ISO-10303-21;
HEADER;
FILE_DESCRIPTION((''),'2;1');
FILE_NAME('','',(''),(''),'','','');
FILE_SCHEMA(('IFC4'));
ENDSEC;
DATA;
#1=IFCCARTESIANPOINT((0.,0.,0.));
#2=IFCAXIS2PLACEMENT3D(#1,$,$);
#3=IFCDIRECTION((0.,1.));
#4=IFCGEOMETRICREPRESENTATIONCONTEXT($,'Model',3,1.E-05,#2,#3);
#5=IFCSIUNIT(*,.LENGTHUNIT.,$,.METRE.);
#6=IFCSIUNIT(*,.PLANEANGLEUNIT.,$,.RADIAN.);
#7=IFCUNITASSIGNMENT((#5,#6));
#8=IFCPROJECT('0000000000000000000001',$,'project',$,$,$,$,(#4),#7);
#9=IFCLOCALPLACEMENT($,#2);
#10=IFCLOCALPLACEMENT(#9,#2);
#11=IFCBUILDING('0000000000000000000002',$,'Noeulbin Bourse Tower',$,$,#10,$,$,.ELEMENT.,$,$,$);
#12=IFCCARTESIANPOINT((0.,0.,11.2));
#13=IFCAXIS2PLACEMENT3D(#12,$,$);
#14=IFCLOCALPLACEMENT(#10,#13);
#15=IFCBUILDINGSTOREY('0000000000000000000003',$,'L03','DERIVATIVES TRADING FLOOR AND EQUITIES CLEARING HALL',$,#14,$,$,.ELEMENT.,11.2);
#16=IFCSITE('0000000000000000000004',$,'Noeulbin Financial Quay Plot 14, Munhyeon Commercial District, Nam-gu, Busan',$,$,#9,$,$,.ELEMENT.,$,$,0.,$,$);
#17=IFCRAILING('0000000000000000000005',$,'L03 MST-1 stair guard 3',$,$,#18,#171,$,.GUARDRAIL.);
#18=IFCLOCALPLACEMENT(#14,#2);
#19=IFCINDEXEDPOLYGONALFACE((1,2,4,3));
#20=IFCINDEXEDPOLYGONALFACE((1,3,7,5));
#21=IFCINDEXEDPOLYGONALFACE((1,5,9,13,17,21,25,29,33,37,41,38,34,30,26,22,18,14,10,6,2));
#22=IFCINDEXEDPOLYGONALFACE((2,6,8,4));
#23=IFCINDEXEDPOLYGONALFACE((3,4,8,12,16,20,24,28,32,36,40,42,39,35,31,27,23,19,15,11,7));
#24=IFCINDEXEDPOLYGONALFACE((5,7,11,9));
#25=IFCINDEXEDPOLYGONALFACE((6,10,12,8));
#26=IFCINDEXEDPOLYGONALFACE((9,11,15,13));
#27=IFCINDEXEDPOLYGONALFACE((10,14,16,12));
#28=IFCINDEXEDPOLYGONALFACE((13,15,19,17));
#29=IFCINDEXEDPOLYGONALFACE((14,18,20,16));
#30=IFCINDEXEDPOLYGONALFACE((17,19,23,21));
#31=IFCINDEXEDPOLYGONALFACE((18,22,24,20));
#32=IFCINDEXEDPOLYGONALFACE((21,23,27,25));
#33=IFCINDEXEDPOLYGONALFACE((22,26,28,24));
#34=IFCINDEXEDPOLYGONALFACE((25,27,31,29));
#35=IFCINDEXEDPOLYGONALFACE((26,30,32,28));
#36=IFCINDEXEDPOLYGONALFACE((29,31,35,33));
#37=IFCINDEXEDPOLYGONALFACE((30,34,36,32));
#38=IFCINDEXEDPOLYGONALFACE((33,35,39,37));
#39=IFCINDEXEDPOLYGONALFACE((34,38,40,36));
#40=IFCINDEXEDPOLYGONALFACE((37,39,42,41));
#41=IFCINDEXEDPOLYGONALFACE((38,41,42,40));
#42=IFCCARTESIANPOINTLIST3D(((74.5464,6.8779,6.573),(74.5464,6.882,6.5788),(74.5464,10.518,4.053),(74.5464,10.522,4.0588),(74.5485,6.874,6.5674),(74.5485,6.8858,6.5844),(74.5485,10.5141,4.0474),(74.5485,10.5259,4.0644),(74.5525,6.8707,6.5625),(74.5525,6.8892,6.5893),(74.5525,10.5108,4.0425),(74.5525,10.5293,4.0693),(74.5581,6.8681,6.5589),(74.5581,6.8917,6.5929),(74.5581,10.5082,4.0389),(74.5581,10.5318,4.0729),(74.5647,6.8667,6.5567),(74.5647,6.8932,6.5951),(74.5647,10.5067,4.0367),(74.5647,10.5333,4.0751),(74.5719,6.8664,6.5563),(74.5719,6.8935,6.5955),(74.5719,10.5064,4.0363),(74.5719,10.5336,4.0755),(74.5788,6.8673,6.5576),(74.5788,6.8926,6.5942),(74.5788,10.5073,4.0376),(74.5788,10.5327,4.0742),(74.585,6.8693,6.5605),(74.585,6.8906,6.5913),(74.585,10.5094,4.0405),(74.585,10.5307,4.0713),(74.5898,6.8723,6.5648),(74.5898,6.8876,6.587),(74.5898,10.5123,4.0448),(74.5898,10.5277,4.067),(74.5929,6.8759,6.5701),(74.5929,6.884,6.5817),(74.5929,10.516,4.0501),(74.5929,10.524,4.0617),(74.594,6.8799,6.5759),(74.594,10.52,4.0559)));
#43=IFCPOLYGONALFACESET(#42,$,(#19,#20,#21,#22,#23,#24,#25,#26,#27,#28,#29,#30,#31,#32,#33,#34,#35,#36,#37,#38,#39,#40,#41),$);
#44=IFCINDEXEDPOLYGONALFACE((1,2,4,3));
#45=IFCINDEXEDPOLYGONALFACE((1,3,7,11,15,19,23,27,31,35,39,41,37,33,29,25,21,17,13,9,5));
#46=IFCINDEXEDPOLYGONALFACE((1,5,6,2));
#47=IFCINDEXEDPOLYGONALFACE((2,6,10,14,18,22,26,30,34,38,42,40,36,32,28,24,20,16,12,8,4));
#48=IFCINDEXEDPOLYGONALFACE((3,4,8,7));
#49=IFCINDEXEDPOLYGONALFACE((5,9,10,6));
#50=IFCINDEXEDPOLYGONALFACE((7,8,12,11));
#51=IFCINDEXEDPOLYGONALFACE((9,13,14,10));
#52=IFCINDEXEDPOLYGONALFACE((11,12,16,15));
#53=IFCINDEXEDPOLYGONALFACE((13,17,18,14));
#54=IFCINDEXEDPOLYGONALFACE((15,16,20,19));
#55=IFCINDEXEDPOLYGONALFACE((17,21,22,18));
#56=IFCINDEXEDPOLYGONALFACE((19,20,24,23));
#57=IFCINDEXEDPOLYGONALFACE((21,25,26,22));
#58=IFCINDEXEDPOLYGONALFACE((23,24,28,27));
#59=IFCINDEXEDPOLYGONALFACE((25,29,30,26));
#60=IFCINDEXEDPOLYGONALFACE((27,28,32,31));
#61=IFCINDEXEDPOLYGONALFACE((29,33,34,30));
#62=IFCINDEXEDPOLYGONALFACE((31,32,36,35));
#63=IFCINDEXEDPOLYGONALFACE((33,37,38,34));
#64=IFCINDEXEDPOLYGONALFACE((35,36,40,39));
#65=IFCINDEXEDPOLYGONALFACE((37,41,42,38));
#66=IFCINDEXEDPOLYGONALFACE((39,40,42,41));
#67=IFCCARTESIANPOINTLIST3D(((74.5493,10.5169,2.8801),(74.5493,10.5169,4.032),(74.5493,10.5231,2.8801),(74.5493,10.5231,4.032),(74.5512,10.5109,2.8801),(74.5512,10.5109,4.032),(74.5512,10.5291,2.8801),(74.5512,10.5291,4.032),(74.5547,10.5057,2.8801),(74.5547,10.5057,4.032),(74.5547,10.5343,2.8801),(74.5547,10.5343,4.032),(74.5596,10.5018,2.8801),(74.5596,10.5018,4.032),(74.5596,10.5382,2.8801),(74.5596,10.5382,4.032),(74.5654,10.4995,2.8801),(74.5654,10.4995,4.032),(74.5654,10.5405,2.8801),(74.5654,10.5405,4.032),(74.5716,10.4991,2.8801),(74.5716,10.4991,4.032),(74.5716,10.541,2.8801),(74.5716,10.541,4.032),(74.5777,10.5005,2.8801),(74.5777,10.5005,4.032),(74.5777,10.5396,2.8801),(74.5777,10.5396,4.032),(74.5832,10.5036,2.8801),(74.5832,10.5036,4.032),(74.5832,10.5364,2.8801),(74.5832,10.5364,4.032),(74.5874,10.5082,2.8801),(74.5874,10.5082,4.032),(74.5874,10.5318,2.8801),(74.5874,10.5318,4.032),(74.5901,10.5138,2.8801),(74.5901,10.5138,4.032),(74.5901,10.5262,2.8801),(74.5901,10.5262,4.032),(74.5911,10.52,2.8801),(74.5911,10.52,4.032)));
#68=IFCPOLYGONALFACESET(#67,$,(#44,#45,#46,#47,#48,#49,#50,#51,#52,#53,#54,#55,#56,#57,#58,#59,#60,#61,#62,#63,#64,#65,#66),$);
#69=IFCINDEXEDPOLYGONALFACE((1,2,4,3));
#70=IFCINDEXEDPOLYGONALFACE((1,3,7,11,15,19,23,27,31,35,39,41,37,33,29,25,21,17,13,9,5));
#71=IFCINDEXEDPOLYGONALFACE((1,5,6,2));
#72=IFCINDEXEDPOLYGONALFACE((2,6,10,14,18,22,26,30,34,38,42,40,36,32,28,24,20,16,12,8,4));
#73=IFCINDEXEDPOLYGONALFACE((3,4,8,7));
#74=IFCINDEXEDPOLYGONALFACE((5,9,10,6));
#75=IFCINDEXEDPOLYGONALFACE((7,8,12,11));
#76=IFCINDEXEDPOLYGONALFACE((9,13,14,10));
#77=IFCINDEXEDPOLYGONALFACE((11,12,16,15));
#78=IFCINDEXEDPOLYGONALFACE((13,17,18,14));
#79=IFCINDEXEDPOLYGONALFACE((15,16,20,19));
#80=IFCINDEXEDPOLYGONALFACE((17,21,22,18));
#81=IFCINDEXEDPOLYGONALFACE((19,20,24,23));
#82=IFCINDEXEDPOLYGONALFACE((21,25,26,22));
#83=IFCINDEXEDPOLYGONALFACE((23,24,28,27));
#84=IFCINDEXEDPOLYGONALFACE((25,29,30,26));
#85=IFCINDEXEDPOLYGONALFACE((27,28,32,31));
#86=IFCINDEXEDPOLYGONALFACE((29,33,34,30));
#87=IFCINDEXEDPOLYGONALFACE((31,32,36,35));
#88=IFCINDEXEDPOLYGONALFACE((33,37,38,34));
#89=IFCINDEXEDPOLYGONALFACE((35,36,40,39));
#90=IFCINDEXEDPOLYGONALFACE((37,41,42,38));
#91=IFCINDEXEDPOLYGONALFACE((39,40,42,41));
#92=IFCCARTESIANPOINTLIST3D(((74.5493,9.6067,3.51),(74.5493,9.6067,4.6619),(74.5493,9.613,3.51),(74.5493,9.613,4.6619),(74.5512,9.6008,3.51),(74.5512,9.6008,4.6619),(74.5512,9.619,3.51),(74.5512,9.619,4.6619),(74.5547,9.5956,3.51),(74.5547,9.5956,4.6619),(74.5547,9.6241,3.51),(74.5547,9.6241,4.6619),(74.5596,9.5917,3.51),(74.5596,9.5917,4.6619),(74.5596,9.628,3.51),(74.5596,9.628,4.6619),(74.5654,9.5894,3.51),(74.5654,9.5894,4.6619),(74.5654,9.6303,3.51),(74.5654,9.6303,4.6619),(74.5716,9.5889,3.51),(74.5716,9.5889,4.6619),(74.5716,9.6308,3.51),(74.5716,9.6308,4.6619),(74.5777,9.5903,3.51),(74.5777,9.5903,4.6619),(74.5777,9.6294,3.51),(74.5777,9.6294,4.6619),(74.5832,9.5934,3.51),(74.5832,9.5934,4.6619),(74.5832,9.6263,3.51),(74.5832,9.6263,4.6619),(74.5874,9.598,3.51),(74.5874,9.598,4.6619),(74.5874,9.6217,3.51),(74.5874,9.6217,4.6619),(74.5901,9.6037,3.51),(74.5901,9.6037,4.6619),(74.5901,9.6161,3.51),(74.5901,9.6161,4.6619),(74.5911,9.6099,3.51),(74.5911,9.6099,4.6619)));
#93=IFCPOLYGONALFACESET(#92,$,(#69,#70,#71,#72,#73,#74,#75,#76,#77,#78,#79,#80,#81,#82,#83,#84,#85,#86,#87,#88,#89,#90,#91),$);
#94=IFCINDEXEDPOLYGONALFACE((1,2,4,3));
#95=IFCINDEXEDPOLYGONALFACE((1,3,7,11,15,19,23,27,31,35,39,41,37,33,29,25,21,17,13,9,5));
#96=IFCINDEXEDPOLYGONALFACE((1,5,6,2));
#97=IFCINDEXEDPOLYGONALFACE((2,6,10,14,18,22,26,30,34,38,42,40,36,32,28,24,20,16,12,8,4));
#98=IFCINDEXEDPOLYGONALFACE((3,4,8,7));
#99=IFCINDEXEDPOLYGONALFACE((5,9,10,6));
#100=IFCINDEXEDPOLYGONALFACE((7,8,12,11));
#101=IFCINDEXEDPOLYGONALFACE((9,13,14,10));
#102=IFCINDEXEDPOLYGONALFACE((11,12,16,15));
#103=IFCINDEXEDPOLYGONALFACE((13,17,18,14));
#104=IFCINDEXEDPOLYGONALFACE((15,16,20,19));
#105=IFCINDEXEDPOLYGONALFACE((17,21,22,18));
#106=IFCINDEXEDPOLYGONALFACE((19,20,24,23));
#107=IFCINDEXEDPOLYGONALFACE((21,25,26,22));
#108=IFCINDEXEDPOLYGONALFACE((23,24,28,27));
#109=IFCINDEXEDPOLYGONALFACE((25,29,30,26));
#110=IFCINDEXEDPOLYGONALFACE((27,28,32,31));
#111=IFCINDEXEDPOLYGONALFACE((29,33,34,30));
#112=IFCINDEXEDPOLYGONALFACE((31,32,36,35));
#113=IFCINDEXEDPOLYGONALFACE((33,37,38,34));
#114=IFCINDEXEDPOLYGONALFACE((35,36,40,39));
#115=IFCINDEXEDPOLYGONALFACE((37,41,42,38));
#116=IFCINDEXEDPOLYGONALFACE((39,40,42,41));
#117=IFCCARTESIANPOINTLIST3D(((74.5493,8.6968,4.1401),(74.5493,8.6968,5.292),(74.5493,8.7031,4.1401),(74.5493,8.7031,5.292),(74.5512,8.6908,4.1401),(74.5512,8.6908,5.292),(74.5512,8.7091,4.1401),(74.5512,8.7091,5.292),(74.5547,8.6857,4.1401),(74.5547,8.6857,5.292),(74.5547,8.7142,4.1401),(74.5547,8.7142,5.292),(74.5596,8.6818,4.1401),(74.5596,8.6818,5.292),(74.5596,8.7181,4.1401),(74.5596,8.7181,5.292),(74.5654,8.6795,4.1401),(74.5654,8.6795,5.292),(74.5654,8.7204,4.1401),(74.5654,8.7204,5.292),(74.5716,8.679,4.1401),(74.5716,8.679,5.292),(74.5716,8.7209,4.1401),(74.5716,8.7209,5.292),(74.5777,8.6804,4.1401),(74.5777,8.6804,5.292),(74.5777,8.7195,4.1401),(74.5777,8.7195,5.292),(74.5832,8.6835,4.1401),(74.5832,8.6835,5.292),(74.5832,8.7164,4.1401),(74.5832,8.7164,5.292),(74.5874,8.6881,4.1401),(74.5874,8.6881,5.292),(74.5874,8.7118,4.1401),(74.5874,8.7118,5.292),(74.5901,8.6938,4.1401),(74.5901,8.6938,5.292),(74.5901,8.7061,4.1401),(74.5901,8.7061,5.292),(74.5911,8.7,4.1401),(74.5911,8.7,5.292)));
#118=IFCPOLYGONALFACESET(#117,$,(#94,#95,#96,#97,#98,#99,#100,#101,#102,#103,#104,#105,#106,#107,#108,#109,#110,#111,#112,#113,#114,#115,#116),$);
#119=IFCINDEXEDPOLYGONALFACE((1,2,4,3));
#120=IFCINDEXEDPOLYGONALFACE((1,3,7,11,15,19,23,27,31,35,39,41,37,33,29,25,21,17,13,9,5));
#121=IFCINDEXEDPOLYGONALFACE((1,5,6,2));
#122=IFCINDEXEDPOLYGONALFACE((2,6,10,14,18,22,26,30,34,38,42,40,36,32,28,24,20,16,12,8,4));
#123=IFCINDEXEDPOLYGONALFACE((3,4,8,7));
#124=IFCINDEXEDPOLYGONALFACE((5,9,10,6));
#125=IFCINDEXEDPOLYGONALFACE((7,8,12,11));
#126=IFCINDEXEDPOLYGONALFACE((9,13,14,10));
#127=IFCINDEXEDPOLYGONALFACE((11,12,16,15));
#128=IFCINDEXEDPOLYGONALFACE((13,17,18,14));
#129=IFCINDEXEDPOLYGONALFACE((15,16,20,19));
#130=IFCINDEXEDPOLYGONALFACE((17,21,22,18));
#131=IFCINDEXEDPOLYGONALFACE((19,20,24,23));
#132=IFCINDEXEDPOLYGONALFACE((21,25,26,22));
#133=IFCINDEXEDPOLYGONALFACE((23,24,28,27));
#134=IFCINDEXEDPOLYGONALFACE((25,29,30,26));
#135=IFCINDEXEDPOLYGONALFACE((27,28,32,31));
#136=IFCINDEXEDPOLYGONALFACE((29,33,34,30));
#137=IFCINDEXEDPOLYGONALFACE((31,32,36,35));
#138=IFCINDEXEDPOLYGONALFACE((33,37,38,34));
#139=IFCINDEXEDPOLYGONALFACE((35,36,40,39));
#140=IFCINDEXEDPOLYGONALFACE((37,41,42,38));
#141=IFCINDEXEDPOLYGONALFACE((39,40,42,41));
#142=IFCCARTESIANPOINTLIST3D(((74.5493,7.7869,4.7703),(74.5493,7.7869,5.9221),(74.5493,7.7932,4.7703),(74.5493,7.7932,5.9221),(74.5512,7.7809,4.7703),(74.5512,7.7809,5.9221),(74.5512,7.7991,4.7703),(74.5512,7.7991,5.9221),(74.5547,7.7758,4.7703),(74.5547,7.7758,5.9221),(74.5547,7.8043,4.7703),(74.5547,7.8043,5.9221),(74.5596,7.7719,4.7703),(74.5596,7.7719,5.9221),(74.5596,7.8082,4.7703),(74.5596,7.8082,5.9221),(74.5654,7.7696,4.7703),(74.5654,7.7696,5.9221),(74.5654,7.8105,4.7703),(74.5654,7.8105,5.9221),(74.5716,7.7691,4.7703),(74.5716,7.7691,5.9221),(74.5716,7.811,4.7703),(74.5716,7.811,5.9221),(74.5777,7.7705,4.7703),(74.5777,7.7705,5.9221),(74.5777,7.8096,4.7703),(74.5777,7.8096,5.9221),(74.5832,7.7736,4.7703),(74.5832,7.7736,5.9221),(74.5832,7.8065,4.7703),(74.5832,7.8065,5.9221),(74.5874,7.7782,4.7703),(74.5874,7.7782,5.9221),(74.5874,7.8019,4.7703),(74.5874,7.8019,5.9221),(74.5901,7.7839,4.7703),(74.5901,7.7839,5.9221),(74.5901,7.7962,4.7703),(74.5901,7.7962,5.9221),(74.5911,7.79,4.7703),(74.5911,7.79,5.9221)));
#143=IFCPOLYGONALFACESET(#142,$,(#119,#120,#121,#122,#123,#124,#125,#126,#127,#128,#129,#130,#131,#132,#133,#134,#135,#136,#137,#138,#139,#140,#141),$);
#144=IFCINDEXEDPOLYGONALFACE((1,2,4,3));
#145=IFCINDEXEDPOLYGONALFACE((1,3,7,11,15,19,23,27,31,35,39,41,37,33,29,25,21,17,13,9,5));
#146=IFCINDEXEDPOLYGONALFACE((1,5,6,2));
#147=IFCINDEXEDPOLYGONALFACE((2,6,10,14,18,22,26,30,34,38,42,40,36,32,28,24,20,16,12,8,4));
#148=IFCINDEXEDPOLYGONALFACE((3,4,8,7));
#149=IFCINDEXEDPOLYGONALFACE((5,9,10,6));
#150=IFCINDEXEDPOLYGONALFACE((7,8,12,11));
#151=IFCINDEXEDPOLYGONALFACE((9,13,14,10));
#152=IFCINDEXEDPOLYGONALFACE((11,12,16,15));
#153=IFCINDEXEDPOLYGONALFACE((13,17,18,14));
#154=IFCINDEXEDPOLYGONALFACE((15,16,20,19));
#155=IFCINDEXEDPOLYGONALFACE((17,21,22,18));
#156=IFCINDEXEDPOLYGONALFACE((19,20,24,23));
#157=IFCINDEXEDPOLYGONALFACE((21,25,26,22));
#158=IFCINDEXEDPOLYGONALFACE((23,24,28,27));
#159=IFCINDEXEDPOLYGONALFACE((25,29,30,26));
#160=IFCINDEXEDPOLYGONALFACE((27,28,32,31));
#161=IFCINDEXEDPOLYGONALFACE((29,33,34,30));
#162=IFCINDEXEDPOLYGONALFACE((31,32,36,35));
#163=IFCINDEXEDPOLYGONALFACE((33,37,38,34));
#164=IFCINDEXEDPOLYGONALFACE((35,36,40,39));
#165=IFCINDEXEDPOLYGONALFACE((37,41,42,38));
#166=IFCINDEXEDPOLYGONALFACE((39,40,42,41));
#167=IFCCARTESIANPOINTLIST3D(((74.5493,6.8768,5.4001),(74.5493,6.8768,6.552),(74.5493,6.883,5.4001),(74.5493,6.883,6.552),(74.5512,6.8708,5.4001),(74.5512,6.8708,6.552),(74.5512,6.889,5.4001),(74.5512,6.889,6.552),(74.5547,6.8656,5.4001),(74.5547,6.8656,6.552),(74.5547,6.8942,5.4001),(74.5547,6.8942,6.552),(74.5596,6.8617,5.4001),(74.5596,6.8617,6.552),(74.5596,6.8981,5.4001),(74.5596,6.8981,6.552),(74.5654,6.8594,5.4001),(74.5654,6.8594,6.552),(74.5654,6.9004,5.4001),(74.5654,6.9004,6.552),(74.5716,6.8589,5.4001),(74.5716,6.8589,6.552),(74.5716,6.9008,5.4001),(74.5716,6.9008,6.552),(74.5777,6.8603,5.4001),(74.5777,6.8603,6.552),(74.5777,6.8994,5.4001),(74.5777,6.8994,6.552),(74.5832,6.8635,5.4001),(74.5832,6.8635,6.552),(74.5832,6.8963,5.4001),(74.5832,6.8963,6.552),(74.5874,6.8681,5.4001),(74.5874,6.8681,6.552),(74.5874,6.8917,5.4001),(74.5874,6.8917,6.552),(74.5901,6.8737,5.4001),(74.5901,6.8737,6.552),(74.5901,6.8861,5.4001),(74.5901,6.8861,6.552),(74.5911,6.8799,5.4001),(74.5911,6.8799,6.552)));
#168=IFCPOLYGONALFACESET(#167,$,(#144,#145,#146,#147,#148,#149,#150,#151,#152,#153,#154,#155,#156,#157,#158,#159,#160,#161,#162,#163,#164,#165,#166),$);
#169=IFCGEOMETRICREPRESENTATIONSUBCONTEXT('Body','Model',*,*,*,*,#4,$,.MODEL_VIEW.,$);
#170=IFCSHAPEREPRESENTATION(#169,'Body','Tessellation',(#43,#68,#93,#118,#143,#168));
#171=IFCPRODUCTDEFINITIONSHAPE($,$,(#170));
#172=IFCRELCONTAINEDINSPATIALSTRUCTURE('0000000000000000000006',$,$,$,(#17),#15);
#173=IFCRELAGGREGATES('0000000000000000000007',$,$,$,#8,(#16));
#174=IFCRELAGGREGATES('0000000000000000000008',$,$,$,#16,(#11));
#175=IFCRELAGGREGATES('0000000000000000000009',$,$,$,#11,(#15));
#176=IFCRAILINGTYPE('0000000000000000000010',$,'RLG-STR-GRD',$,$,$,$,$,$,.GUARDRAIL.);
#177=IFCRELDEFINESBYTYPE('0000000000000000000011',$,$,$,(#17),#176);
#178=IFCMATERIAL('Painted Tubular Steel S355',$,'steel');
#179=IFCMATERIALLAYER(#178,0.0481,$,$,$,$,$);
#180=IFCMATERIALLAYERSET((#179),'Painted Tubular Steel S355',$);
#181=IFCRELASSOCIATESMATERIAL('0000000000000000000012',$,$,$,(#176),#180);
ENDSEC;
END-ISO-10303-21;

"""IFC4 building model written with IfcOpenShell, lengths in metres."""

from ifc_helpers import new_model, si_unit, direction, frame, origin, origin_2d, place, context, subcontext, project, spatial, circle, extrude, material, layer, layer_set, type_object, element, save


model = new_model("IFC4")

# Units and contexts
model_context = context("Model", 3, precision=1e-05, world=origin(), true_north=direction((0.0, 1.0)))
body_context = subcontext(model_context, "Body", "Model", "MODEL_VIEW")
ifc_project = project(units=[si_unit("LENGTHUNIT", "METRE"), si_unit("PLANEANGLEUNIT", "RADIAN")], contexts=[model_context])

# Site, building, storey
site_placement = place(None, origin())
site = spatial("IfcSite", under=ifc_project, at=site_placement, Name="Noeulbin Financial Quay Plot 14, Munhyeon Commercial District, Nam-gu, Busan", CompositionType="ELEMENT", RefElevation=0.0)
building_placement = place(site_placement, origin())
building = spatial("IfcBuilding", under=site, at=building_placement, Name="Noeulbin Bourse Tower", CompositionType="ELEMENT")
storey_placement = place(building_placement, frame((0.0, 0.0, 11.2)))
storey = spatial("IfcBuildingStorey", under=building, at=storey_placement, Name="L03", Description="DERIVATIVES TRADING FLOOR AND EQUITIES CLEARING HALL", CompositionType="ELEMENT", Elevation=11.2)

# Railing
ifc_material_1 = material(Name="Painted Tubular Steel S355", Category="steel")
ifc_layer_1 = layer(ifc_material_1, 0.0481)
ifc_layer_set_1 = layer_set([ifc_layer_1], Name="Painted Tubular Steel S355")
railing_type_1 = type_object("IfcRailingType", Name="RLG-STR-GRD", PredefinedType="GUARDRAIL", material=ifc_layer_set_1)
railing_1_placement = place(storey_placement, frame((74.5701, 10.52, 2.8801)))
element("IfcRailing", 1, at=railing_1_placement, inside=storey, type_object=railing_type_1, Name="L03 MST-1 stair guard 3", PredefinedType="GUARDRAIL", context=body_context, shape_type="SweptSolid", body=[
    extrude(circle(Radius=0.0239, at=origin_2d()), frame((0.0, 0.0, 1.1758), z_axis=(0.0, -0.8222, 0.569199), x_axis=(1.0, 0.0, 0.0)), (0.0, 0.0, 1.0), 4.4272),
    extrude(circle(Radius=0.021, at=origin_2d()), origin(), (0.0, 0.0, 1.0), 1.1519),
    extrude(circle(Radius=0.021, at=origin_2d()), frame((0.0, -0.9102, 0.6299)), (0.0, 0.0, 1.0), 1.1519),
    extrude(circle(Radius=0.021, at=origin_2d()), frame((0.0, -1.8201, 1.26)), (0.0, 0.0, 1.0), 1.1519),
    extrude(circle(Radius=0.021, at=origin_2d()), frame((0.0, -2.73, 1.8901)), (0.0, 0.0, 1.0), 1.1519),
    extrude(circle(Radius=0.021, at=origin_2d()), frame((0.0, -3.6401, 2.52)), (0.0, 0.0, 1.0), 1.1519),
])

save(model, "model.ifc")
